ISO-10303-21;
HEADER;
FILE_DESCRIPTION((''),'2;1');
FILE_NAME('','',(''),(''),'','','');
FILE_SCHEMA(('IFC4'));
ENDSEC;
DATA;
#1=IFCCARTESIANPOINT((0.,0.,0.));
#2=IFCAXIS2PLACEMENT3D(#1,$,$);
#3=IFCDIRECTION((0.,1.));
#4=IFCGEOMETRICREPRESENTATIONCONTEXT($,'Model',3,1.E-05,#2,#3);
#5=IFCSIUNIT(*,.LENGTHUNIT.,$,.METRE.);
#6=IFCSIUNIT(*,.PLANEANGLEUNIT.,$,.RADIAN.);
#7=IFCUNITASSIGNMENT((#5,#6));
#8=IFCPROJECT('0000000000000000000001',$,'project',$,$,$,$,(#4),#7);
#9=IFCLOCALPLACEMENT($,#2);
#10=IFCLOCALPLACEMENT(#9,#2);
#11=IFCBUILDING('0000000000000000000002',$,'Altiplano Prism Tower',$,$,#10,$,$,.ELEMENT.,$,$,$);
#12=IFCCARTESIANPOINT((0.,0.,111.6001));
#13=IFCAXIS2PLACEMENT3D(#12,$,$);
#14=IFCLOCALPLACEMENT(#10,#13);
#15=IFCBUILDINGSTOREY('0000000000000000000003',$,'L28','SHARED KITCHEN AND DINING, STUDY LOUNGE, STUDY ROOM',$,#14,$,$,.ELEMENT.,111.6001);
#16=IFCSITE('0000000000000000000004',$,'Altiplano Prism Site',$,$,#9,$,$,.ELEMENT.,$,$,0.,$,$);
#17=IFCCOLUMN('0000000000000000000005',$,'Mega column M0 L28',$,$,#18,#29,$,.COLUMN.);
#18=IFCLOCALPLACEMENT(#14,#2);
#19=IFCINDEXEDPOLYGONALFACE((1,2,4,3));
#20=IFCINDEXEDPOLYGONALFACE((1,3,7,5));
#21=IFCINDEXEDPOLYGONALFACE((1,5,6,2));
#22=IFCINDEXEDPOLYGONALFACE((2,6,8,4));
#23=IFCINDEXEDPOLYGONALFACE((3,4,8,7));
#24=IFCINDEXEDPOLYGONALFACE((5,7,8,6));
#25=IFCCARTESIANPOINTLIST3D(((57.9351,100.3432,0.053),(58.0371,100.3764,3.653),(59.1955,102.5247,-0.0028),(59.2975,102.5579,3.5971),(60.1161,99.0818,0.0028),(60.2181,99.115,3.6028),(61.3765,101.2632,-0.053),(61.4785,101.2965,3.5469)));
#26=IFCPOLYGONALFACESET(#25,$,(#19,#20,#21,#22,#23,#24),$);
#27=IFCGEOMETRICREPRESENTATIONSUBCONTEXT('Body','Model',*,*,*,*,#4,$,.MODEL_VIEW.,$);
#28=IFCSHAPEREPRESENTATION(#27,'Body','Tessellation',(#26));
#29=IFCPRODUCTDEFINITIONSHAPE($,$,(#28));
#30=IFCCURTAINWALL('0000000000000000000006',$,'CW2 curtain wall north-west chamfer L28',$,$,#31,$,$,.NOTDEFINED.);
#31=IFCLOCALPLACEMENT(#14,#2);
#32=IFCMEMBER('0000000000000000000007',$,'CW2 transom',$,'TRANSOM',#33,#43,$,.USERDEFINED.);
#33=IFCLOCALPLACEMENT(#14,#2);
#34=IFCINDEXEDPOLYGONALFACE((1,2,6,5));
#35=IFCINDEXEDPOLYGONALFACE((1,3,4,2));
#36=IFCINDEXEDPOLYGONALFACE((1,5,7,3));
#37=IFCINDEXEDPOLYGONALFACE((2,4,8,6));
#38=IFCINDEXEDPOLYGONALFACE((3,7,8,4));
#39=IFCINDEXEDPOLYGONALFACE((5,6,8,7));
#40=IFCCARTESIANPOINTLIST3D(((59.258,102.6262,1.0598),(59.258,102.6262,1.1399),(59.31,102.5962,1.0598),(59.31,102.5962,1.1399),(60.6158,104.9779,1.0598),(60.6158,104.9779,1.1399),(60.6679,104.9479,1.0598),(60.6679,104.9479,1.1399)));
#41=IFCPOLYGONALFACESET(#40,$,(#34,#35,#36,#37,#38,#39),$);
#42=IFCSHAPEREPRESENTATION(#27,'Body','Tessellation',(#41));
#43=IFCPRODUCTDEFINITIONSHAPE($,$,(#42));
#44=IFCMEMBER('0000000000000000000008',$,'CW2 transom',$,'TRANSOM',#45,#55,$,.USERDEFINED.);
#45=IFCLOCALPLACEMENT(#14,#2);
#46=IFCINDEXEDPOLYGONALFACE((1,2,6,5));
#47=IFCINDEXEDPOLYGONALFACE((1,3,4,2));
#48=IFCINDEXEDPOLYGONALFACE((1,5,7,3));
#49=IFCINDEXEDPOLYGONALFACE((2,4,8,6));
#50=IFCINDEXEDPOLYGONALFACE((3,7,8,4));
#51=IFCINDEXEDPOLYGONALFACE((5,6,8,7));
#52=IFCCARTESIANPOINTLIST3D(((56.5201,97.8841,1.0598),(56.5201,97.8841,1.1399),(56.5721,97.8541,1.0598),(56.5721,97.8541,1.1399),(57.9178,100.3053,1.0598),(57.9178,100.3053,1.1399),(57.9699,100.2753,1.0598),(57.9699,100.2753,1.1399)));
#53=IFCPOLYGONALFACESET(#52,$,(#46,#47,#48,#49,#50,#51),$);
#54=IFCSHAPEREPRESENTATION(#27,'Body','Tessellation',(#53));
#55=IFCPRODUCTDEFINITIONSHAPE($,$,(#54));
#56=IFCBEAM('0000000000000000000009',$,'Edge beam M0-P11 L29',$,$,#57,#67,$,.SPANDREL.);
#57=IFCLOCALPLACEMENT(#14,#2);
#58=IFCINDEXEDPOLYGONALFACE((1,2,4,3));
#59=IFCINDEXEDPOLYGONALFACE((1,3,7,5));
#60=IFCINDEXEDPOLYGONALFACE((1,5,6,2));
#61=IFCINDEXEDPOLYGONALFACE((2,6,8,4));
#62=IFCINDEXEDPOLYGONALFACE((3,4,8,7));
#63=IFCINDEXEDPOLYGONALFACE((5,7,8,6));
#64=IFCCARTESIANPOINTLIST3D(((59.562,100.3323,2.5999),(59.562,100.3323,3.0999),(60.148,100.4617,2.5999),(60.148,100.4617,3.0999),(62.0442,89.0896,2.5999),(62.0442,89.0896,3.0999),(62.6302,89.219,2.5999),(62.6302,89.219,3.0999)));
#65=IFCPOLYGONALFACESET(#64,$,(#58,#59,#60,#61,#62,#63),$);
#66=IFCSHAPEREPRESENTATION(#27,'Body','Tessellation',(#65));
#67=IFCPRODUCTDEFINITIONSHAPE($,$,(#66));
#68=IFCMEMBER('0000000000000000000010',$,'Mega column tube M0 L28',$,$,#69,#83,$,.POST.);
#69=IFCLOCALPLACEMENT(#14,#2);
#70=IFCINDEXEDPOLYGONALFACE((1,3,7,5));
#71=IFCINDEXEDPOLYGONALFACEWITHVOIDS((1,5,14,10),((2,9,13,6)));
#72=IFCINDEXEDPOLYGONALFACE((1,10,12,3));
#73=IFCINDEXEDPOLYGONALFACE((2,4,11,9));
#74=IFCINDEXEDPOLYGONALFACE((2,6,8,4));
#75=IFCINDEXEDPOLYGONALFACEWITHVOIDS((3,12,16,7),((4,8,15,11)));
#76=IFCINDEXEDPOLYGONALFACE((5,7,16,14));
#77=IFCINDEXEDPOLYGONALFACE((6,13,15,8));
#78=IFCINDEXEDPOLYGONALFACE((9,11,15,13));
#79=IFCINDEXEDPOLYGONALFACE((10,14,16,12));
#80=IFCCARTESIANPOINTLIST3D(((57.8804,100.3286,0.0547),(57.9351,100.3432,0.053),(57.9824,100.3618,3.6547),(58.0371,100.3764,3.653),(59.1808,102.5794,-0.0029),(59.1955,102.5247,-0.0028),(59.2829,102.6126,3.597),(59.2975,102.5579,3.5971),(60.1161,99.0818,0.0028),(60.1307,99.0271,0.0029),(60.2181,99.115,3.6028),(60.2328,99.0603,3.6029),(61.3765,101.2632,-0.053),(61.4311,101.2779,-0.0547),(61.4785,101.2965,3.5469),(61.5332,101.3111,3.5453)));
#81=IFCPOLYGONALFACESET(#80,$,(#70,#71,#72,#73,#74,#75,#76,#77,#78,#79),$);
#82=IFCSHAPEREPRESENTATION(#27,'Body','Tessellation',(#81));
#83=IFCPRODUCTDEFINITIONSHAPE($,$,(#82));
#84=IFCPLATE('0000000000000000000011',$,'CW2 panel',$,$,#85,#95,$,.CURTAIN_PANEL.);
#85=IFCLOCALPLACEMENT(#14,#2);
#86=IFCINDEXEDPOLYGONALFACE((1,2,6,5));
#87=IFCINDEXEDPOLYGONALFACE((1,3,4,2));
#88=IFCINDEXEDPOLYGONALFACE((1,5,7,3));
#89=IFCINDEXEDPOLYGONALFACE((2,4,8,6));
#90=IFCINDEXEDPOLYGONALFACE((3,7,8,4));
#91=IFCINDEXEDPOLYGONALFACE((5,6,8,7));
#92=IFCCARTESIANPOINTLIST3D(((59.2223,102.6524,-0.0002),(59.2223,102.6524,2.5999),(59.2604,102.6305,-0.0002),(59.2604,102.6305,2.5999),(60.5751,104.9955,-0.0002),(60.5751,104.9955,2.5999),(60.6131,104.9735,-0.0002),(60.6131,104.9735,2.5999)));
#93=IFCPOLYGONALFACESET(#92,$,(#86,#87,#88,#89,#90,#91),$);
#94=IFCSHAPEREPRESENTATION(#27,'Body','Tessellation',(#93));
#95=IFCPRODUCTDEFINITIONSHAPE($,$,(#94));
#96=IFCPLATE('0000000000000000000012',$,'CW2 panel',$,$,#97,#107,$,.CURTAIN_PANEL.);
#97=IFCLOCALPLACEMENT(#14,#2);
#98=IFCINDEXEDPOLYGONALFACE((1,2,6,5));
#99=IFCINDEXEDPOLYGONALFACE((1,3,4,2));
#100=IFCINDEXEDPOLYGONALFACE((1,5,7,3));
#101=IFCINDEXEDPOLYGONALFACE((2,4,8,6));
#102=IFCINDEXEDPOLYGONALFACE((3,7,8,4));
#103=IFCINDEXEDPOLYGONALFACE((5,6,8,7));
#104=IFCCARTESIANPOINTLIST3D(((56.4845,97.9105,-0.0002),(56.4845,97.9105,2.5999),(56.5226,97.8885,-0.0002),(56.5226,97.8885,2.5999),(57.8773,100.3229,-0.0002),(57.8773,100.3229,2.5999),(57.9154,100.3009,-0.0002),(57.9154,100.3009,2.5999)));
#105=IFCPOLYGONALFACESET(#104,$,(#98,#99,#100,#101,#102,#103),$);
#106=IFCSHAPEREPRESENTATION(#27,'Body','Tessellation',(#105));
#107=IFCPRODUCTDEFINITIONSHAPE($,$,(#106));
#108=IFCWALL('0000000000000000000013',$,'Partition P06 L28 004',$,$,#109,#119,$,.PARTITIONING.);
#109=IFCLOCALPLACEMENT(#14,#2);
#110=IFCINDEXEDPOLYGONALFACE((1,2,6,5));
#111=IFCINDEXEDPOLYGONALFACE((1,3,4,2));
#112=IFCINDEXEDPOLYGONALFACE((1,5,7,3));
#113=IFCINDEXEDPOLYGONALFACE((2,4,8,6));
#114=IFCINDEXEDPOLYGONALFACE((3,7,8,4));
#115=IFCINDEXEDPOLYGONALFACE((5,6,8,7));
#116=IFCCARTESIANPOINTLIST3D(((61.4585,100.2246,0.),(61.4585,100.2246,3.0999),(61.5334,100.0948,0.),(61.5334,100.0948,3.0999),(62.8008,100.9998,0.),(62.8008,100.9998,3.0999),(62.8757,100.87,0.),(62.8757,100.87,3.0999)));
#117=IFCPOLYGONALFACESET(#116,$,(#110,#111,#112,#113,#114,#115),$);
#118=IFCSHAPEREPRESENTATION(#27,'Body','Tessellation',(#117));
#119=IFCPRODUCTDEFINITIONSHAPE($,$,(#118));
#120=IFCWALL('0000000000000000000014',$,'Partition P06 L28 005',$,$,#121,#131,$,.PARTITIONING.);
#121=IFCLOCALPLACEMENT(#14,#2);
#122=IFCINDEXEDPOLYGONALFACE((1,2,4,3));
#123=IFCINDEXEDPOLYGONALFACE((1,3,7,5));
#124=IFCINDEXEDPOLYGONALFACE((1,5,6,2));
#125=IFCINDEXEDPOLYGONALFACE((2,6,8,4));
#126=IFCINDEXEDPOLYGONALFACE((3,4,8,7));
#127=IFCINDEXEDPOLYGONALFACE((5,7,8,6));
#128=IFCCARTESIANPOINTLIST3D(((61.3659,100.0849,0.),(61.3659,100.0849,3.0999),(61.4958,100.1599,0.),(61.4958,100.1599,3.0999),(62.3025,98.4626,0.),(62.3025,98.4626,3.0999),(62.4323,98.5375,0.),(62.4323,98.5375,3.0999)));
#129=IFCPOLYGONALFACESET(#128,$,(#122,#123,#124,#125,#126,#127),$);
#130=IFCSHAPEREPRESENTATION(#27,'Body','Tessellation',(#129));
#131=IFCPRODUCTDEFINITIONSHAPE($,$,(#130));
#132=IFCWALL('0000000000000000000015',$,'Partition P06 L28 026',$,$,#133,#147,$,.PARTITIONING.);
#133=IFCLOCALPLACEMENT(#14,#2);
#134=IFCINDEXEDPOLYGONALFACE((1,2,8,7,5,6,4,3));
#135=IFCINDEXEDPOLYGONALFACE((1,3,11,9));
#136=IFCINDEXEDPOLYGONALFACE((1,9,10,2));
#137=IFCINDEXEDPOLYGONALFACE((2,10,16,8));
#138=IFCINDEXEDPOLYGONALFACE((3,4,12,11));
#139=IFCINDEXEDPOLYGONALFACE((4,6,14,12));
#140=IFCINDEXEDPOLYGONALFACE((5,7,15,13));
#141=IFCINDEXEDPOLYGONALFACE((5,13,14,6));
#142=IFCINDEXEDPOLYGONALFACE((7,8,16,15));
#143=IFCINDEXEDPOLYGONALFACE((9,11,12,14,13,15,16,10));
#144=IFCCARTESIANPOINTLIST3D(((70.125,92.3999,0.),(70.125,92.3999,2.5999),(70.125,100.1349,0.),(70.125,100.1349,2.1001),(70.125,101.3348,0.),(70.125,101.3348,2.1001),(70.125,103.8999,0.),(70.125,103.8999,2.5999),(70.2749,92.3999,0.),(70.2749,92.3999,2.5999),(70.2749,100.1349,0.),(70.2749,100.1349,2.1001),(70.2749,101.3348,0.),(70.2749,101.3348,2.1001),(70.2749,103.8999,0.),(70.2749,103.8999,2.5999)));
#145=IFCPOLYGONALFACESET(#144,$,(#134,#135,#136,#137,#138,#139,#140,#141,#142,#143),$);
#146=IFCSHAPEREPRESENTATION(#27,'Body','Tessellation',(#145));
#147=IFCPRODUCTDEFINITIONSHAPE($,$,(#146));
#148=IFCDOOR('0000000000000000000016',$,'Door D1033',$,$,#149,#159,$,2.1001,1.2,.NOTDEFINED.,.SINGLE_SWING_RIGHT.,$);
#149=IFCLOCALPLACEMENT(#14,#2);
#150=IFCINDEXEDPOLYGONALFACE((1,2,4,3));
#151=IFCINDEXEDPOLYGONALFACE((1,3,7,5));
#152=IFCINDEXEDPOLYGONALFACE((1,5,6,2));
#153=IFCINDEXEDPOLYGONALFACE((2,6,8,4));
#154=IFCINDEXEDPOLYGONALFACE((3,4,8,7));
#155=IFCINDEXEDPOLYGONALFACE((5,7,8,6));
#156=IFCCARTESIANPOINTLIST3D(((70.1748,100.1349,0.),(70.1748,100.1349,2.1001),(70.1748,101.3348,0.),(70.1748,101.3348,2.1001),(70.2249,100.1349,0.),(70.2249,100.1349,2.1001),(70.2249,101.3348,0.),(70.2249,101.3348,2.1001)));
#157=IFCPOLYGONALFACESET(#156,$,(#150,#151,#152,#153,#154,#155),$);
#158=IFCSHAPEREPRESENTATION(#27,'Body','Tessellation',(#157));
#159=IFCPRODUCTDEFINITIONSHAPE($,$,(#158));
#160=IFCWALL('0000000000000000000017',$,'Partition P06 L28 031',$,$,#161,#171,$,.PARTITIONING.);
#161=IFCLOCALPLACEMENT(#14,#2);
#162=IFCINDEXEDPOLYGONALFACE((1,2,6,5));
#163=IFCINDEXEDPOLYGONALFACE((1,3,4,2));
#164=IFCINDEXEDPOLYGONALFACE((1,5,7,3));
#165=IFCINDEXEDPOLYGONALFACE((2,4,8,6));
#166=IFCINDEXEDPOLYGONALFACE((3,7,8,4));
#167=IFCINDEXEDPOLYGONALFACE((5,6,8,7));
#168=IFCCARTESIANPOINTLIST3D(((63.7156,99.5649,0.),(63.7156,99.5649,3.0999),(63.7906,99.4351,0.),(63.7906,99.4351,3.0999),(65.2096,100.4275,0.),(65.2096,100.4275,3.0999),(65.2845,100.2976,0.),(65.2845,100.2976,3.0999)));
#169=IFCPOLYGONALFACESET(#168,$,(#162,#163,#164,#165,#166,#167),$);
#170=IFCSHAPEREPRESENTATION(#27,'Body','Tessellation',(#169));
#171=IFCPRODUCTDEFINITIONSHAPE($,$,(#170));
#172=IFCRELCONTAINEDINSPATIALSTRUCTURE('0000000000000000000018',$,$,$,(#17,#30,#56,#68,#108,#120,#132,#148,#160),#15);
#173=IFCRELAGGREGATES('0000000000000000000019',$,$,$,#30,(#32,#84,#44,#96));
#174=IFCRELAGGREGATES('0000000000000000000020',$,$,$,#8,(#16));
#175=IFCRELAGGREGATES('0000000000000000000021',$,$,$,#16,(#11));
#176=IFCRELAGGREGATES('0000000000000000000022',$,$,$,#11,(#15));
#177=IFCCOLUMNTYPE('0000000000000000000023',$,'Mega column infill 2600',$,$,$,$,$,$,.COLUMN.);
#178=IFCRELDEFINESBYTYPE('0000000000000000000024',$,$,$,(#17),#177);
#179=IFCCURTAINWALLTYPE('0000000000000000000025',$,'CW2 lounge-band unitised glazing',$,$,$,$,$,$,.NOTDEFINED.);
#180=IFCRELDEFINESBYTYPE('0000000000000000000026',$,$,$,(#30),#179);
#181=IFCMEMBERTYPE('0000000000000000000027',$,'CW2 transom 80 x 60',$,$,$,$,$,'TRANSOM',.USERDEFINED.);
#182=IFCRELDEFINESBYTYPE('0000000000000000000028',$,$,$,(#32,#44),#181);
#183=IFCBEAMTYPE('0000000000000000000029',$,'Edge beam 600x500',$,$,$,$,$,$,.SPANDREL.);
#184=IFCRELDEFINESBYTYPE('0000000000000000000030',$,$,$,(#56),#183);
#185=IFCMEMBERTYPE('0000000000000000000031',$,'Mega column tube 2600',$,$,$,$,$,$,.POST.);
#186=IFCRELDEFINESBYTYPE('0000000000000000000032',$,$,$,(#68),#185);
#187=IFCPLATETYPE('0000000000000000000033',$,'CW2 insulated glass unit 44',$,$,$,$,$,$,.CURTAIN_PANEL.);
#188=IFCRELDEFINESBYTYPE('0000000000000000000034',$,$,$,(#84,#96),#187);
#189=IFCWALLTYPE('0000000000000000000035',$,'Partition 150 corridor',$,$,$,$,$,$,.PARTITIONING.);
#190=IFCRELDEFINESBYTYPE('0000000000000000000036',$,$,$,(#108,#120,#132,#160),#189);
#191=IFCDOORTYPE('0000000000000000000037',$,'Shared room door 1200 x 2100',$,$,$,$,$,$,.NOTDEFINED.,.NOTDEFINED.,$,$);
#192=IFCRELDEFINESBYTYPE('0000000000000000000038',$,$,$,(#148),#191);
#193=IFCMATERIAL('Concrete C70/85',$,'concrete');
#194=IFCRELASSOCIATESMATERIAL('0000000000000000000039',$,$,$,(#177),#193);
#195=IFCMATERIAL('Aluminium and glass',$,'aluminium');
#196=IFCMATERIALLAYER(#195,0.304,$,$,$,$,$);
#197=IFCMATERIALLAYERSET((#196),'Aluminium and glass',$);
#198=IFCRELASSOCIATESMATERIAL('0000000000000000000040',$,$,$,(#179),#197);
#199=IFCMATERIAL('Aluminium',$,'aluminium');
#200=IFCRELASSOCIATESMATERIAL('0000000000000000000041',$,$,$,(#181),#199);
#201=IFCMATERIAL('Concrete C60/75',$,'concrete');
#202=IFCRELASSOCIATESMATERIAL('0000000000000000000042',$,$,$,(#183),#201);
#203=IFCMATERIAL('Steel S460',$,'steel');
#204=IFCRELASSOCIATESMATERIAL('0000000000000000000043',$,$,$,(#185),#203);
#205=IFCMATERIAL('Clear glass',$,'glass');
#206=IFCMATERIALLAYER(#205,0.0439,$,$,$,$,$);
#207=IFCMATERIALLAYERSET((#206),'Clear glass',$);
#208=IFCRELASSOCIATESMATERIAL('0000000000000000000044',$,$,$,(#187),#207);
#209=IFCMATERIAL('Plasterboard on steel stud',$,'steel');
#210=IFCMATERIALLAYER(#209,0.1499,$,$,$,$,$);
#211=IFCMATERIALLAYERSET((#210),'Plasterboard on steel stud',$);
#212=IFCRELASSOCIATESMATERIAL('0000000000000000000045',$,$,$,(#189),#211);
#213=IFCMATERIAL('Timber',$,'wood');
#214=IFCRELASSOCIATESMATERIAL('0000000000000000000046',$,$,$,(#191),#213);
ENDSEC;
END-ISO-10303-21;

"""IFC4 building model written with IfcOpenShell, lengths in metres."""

from ifc_helpers import new_model, si_unit, direction, frame, frame_2d, origin, origin_2d, place, context, subcontext, project, spatial, rectangle, hollow_rectangle, extrude, material, layer, layer_set, material_profile, profile_set, type_object, element, fill, aggregate, save


model = new_model("IFC4")

# Units and contexts
model_context = context("Model", 3, precision=1e-05, world=origin(), true_north=direction((0.0, 1.0)))
body_context = subcontext(model_context, "Body", "Model", "MODEL_VIEW")
ifc_project = project(units=[si_unit("LENGTHUNIT", "METRE"), si_unit("PLANEANGLEUNIT", "RADIAN")], contexts=[model_context])

# Site, building, storey
site_placement = place(None, origin())
site = spatial("IfcSite", under=ifc_project, at=site_placement, Name="Altiplano Prism Site", CompositionType="ELEMENT", RefElevation=0.0)
building_placement = place(site_placement, origin())
building = spatial("IfcBuilding", under=site, at=building_placement, Name="Altiplano Prism Tower", CompositionType="ELEMENT")
storey_placement = place(building_placement, frame((0.0, 0.0, 111.6001)))
storey = spatial("IfcBuildingStorey", under=building, at=storey_placement, Name="L28", Description="SHARED KITCHEN AND DINING, STUDY LOUNGE, STUDY ROOM", CompositionType="ELEMENT", Elevation=111.6001)

# Column
ifc_material_1 = material(Name="Concrete C70/85", Category="concrete")
ifc_material_profile_1 = material_profile(ifc_material_1, rectangle(XDim=2.52, YDim=2.52, at=origin_2d()), Name="Mega column infill 2600")
ifc_profile_set_1 = profile_set([ifc_material_profile_1], Name="Concrete C70/85")
column_type = type_object("IfcColumnType", Name="Mega column infill 2600", PredefinedType="COLUMN", material=ifc_profile_set_1)
column_placement = place(storey_placement, frame((59.6558, 100.8032, 0.0), z_axis=(0.028336, 0.009219, 0.999556), x_axis=(-0.865474, 0.500557, 0.019918)))
element("IfcColumn", 1, at=column_placement, inside=storey, type_object=column_type, Name="Mega column M0 L28", PredefinedType="COLUMN", context=body_context, shape_type="SweptSolid", body=[
    extrude(rectangle(XDim=2.52, YDim=2.52, at=origin_2d()), origin(), (0.0, 0.0, 1.0), 3.6016),
])

# Curtain wall, members
ifc_material_2 = material(Name="Aluminium and glass", Category="aluminium")
ifc_layer_1 = layer(ifc_material_2, 0.304)
ifc_layer_set_1 = layer_set([ifc_layer_1], Name="Aluminium and glass")
curtain_wall_type = type_object("IfcCurtainWallType", Name="CW2 lounge-band unitised glazing", PredefinedType="NOTDEFINED", material=ifc_layer_set_1)
curtain_wall_placement = place(storey_placement, origin())
curtain_wall = element("IfcCurtainWall", 2, at=curtain_wall_placement, inside=storey, type_object=curtain_wall_type, Name="CW2 curtain wall north-west chamfer L28", PredefinedType="NOTDEFINED")
ifc_material_3 = material(Name="Aluminium", Category="aluminium")
ifc_material_profile_2 = material_profile(ifc_material_3, rectangle(XDim=0.0601, YDim=0.0801, at=origin_2d()), Name="CW2 transom 80 x 60")
ifc_profile_set_2 = profile_set([ifc_material_profile_2], Name="Aluminium")
member_type_1 = type_object("IfcMemberType", Name="CW2 transom 80 x 60", ElementType="TRANSOM", PredefinedType="USERDEFINED", material=ifc_profile_set_2)
member_1_placement = place(storey_placement, frame((60.6418, 104.9629, 1.0999), z_axis=(-0.500026, -0.86601, 0.0), x_axis=(0.86601, -0.500026, 0.0)))
member_1 = element("IfcMember", 3, at=member_1_placement, type_object=member_type_1, Name="CW2 transom", ObjectType="TRANSOM", PredefinedType="USERDEFINED", context=body_context, shape_type="SweptSolid", body=[
    extrude(rectangle(XDim=0.0601, YDim=0.0801, at=origin_2d()), origin(), (0.0, 0.0, 1.0), 2.7156),
])
member_2_placement = place(storey_placement, frame((57.9438, 100.2903, 1.0999), z_axis=(-0.499962, -0.866047, 0.0), x_axis=(0.866047, -0.499962, 0.0)))
member_2 = element("IfcMember", 4, at=member_2_placement, type_object=member_type_1, Name="CW2 transom", ObjectType="TRANSOM", PredefinedType="USERDEFINED", context=body_context, shape_type="SweptSolid", body=[
    extrude(rectangle(XDim=0.0601, YDim=0.0801, at=origin_2d()), origin(), (0.0, 0.0, 1.0), 2.7957),
])

# Beam
ifc_material_4 = material(Name="Concrete C60/75", Category="concrete")
ifc_material_profile_3 = material_profile(ifc_material_4, rectangle(XDim=0.6001, YDim=0.5, at=origin_2d()), Name="Edge beam 600x500")
ifc_profile_set_3 = profile_set([ifc_material_profile_3], Name="Concrete C60/75")
beam_type = type_object("IfcBeamType", Name="Edge beam 600x500", PredefinedType="SPANDREL", material=ifc_profile_set_3)
beam_placement = place(storey_placement, frame((59.855, 100.397, 2.8499), z_axis=(0.21559, -0.976484, 0.0), x_axis=(0.976484, 0.21559, 0.0)))
element("IfcBeam", 5, at=beam_placement, inside=storey, type_object=beam_type, Name="Edge beam M0-P11 L29", PredefinedType="SPANDREL", context=body_context, shape_type="SweptSolid", body=[
    extrude(rectangle(XDim=0.6001, YDim=0.5, at=origin_2d()), origin(), (0.0, 0.0, 1.0), 11.5134),
])

# Member
ifc_material_5 = material(Name="Steel S460", Category="steel")
ifc_material_profile_4 = material_profile(ifc_material_5, hollow_rectangle(XDim=2.6001, YDim=2.6001, WallThickness=0.04, at=origin_2d()), Name="Mega column tube 2600")
ifc_profile_set_4 = profile_set([ifc_material_profile_4], Name="Steel S460")
member_type_2 = type_object("IfcMemberType", Name="Mega column tube 2600", PredefinedType="POST", material=ifc_profile_set_4)
member_3_placement = place(storey_placement, frame((59.6558, 100.8032, 0.0), z_axis=(0.028336, 0.009219, 0.999556), x_axis=(-0.865474, 0.500557, 0.019918)))
element("IfcMember", 6, at=member_3_placement, inside=storey, type_object=member_type_2, Name="Mega column tube M0 L28", PredefinedType="POST", context=body_context, shape_type="SweptSolid", body=[
    extrude(hollow_rectangle(XDim=2.6001, YDim=2.6001, WallThickness=0.04, at=origin_2d()), origin(), (0.0, 0.0, 1.0), 3.6016),
])

# Plates
ifc_material_6 = material(Name="Clear glass", Category="glass")
ifc_layer_2 = layer(ifc_material_6, 0.0439)
ifc_layer_set_2 = layer_set([ifc_layer_2], Name="Clear glass")
plate_type = type_object("IfcPlateType", Name="CW2 insulated glass unit 44", PredefinedType="CURTAIN_PANEL", material=ifc_layer_set_2)
plate_1_placement = place(storey_placement, frame((59.9177, 103.813, -0.0002), z_axis=(0.0, 0.0, 1.0), x_axis=(-0.5, -0.866025, 0.0)))
plate_1 = element("IfcPlate", 7, at=plate_1_placement, type_object=plate_type, Name="CW2 panel", PredefinedType="CURTAIN_PANEL", context=body_context, shape_type="SweptSolid", body=[
    extrude(rectangle(XDim=2.7056, YDim=0.0439, at=origin_2d()), origin(), (0.0, 0.0, 1.0), 2.6001),
])
plate_2_placement = place(storey_placement, frame((57.2, 99.1057, -0.0002), z_axis=(0.0, 0.0, 1.0), x_axis=(-0.5, -0.866025, 0.0)))
plate_2 = element("IfcPlate", 8, at=plate_2_placement, type_object=plate_type, Name="CW2 panel", PredefinedType="CURTAIN_PANEL", context=body_context, shape_type="SweptSolid", body=[
    extrude(rectangle(XDim=2.7856, YDim=0.0439, at=origin_2d()), origin(), (0.0, 0.0, 1.0), 2.6001),
])
aggregate(curtain_wall, [member_1, plate_1, member_2, plate_2])

# Walls
ifc_material_7 = material(Name="Plasterboard on steel stud", Category="steel")
ifc_layer_3 = layer(ifc_material_7, 0.1499)
ifc_layer_set_3 = layer_set([ifc_layer_3], Name="Plasterboard on steel stud")
wall_type_1 = type_object("IfcWallType", Name="Partition 150 corridor", PredefinedType="PARTITIONING", material=ifc_layer_set_3)
wall_1_placement = place(storey_placement, frame((62.8381, 100.9348, 0.0), z_axis=(0.0, 0.0, 1.0), x_axis=(-0.865976, -0.500086, 0.0)))
element("IfcWall", 9, at=wall_1_placement, inside=storey, type_object=wall_type_1, Name="Partition P06 L28 004", PredefinedType="PARTITIONING", context=body_context, shape_type="SweptSolid", body=[
    extrude(rectangle(XDim=1.55, YDim=0.1499, at=frame_2d((0.7749, 0.0))), origin(), (0.0, 0.0, 1.0), 3.0999),
])
wall_2_placement = place(storey_placement, frame((61.4309, 100.1223, 0.0), z_axis=(0.0, 0.0, 1.0), x_axis=(0.499952, -0.866053, 0.0)))
element("IfcWall", 10, at=wall_2_placement, inside=storey, type_object=wall_type_1, Name="Partition P06 L28 005", PredefinedType="PARTITIONING", context=body_context, shape_type="SweptSolid", body=[
    extrude(rectangle(XDim=1.8733, YDim=0.1499, at=frame_2d((0.9365, 0.0))), origin(), (0.0, 0.0, 1.0), 3.0999),
])

# Wall, opening, door
wall_3_placement = place(storey_placement, frame((70.2, 103.8999, 0.0), z_axis=(0.0, 0.0, 1.0), x_axis=(0.0, -1.0, 0.0)))
wall_3 = element("IfcWall", 11, at=wall_3_placement, inside=storey, type_object=wall_type_1, Name="Partition P06 L28 026", PredefinedType="PARTITIONING", context=body_context, shape_type="SweptSolid", body=[
    extrude(rectangle(XDim=11.5, YDim=0.1499, at=frame_2d((5.75, 0.0))), origin(), (0.0, 0.0, 1.0), 2.5999),
])
opening_placement = place(wall_3_placement, frame((2.5649, 0.0, 0.0)))
opening = element("IfcOpeningElement", 12, at=opening_placement, cuts=wall_3, PredefinedType="OPENING", context=body_context, shape_type="SweptSolid", body=[
    extrude(rectangle(XDim=1.2, YDim=2.1001, at=frame_2d((0.6001, 1.05))), frame((0.0, 0.0854, 0.0), z_axis=(0.0, -1.0, 0.0), x_axis=(1.0, 0.0, 0.0)), (0.0, 0.0, 1.0), 0.1709),
])
ifc_material_8 = material(Name="Timber", Category="wood")
door_type = type_object("IfcDoorType", Name="Shared room door 1200 x 2100", OperationType="NOTDEFINED", PredefinedType="NOTDEFINED", material=ifc_material_8)
door_placement = place(opening_placement, origin())
door = element("IfcDoor", 13, at=door_placement, inside=storey, type_object=door_type, Name="Door D1033", OperationType="SINGLE_SWING_RIGHT", OverallHeight=2.1001, OverallWidth=1.2, PredefinedType="NOTDEFINED", context=body_context, shape_type="SweptSolid", body=[
    extrude(rectangle(XDim=1.2, YDim=2.1001, at=frame_2d((0.6001, 1.05))), frame((0.0, 0.0249, 0.0), z_axis=(0.0, -1.0, 0.0), x_axis=(1.0, 0.0, 0.0)), (0.0, 0.0, 1.0), 0.05),
])
fill(opening, door)

# Wall
wall_4_placement = place(storey_placement, frame((65.2471, 100.3625, 0.0), z_axis=(0.0, 0.0, 1.0), x_axis=(-0.866014, -0.500021, 0.0)))
element("IfcWall", 14, at=wall_4_placement, inside=storey, type_object=wall_type_1, Name="Partition P06 L28 031", PredefinedType="PARTITIONING", context=body_context, shape_type="SweptSolid", body=[
    extrude(rectangle(XDim=1.7251, YDim=0.1499, at=frame_2d((0.8625, 0.0))), origin(), (0.0, 0.0, 1.0), 3.0999),
])

save(model, "model.ifc")
